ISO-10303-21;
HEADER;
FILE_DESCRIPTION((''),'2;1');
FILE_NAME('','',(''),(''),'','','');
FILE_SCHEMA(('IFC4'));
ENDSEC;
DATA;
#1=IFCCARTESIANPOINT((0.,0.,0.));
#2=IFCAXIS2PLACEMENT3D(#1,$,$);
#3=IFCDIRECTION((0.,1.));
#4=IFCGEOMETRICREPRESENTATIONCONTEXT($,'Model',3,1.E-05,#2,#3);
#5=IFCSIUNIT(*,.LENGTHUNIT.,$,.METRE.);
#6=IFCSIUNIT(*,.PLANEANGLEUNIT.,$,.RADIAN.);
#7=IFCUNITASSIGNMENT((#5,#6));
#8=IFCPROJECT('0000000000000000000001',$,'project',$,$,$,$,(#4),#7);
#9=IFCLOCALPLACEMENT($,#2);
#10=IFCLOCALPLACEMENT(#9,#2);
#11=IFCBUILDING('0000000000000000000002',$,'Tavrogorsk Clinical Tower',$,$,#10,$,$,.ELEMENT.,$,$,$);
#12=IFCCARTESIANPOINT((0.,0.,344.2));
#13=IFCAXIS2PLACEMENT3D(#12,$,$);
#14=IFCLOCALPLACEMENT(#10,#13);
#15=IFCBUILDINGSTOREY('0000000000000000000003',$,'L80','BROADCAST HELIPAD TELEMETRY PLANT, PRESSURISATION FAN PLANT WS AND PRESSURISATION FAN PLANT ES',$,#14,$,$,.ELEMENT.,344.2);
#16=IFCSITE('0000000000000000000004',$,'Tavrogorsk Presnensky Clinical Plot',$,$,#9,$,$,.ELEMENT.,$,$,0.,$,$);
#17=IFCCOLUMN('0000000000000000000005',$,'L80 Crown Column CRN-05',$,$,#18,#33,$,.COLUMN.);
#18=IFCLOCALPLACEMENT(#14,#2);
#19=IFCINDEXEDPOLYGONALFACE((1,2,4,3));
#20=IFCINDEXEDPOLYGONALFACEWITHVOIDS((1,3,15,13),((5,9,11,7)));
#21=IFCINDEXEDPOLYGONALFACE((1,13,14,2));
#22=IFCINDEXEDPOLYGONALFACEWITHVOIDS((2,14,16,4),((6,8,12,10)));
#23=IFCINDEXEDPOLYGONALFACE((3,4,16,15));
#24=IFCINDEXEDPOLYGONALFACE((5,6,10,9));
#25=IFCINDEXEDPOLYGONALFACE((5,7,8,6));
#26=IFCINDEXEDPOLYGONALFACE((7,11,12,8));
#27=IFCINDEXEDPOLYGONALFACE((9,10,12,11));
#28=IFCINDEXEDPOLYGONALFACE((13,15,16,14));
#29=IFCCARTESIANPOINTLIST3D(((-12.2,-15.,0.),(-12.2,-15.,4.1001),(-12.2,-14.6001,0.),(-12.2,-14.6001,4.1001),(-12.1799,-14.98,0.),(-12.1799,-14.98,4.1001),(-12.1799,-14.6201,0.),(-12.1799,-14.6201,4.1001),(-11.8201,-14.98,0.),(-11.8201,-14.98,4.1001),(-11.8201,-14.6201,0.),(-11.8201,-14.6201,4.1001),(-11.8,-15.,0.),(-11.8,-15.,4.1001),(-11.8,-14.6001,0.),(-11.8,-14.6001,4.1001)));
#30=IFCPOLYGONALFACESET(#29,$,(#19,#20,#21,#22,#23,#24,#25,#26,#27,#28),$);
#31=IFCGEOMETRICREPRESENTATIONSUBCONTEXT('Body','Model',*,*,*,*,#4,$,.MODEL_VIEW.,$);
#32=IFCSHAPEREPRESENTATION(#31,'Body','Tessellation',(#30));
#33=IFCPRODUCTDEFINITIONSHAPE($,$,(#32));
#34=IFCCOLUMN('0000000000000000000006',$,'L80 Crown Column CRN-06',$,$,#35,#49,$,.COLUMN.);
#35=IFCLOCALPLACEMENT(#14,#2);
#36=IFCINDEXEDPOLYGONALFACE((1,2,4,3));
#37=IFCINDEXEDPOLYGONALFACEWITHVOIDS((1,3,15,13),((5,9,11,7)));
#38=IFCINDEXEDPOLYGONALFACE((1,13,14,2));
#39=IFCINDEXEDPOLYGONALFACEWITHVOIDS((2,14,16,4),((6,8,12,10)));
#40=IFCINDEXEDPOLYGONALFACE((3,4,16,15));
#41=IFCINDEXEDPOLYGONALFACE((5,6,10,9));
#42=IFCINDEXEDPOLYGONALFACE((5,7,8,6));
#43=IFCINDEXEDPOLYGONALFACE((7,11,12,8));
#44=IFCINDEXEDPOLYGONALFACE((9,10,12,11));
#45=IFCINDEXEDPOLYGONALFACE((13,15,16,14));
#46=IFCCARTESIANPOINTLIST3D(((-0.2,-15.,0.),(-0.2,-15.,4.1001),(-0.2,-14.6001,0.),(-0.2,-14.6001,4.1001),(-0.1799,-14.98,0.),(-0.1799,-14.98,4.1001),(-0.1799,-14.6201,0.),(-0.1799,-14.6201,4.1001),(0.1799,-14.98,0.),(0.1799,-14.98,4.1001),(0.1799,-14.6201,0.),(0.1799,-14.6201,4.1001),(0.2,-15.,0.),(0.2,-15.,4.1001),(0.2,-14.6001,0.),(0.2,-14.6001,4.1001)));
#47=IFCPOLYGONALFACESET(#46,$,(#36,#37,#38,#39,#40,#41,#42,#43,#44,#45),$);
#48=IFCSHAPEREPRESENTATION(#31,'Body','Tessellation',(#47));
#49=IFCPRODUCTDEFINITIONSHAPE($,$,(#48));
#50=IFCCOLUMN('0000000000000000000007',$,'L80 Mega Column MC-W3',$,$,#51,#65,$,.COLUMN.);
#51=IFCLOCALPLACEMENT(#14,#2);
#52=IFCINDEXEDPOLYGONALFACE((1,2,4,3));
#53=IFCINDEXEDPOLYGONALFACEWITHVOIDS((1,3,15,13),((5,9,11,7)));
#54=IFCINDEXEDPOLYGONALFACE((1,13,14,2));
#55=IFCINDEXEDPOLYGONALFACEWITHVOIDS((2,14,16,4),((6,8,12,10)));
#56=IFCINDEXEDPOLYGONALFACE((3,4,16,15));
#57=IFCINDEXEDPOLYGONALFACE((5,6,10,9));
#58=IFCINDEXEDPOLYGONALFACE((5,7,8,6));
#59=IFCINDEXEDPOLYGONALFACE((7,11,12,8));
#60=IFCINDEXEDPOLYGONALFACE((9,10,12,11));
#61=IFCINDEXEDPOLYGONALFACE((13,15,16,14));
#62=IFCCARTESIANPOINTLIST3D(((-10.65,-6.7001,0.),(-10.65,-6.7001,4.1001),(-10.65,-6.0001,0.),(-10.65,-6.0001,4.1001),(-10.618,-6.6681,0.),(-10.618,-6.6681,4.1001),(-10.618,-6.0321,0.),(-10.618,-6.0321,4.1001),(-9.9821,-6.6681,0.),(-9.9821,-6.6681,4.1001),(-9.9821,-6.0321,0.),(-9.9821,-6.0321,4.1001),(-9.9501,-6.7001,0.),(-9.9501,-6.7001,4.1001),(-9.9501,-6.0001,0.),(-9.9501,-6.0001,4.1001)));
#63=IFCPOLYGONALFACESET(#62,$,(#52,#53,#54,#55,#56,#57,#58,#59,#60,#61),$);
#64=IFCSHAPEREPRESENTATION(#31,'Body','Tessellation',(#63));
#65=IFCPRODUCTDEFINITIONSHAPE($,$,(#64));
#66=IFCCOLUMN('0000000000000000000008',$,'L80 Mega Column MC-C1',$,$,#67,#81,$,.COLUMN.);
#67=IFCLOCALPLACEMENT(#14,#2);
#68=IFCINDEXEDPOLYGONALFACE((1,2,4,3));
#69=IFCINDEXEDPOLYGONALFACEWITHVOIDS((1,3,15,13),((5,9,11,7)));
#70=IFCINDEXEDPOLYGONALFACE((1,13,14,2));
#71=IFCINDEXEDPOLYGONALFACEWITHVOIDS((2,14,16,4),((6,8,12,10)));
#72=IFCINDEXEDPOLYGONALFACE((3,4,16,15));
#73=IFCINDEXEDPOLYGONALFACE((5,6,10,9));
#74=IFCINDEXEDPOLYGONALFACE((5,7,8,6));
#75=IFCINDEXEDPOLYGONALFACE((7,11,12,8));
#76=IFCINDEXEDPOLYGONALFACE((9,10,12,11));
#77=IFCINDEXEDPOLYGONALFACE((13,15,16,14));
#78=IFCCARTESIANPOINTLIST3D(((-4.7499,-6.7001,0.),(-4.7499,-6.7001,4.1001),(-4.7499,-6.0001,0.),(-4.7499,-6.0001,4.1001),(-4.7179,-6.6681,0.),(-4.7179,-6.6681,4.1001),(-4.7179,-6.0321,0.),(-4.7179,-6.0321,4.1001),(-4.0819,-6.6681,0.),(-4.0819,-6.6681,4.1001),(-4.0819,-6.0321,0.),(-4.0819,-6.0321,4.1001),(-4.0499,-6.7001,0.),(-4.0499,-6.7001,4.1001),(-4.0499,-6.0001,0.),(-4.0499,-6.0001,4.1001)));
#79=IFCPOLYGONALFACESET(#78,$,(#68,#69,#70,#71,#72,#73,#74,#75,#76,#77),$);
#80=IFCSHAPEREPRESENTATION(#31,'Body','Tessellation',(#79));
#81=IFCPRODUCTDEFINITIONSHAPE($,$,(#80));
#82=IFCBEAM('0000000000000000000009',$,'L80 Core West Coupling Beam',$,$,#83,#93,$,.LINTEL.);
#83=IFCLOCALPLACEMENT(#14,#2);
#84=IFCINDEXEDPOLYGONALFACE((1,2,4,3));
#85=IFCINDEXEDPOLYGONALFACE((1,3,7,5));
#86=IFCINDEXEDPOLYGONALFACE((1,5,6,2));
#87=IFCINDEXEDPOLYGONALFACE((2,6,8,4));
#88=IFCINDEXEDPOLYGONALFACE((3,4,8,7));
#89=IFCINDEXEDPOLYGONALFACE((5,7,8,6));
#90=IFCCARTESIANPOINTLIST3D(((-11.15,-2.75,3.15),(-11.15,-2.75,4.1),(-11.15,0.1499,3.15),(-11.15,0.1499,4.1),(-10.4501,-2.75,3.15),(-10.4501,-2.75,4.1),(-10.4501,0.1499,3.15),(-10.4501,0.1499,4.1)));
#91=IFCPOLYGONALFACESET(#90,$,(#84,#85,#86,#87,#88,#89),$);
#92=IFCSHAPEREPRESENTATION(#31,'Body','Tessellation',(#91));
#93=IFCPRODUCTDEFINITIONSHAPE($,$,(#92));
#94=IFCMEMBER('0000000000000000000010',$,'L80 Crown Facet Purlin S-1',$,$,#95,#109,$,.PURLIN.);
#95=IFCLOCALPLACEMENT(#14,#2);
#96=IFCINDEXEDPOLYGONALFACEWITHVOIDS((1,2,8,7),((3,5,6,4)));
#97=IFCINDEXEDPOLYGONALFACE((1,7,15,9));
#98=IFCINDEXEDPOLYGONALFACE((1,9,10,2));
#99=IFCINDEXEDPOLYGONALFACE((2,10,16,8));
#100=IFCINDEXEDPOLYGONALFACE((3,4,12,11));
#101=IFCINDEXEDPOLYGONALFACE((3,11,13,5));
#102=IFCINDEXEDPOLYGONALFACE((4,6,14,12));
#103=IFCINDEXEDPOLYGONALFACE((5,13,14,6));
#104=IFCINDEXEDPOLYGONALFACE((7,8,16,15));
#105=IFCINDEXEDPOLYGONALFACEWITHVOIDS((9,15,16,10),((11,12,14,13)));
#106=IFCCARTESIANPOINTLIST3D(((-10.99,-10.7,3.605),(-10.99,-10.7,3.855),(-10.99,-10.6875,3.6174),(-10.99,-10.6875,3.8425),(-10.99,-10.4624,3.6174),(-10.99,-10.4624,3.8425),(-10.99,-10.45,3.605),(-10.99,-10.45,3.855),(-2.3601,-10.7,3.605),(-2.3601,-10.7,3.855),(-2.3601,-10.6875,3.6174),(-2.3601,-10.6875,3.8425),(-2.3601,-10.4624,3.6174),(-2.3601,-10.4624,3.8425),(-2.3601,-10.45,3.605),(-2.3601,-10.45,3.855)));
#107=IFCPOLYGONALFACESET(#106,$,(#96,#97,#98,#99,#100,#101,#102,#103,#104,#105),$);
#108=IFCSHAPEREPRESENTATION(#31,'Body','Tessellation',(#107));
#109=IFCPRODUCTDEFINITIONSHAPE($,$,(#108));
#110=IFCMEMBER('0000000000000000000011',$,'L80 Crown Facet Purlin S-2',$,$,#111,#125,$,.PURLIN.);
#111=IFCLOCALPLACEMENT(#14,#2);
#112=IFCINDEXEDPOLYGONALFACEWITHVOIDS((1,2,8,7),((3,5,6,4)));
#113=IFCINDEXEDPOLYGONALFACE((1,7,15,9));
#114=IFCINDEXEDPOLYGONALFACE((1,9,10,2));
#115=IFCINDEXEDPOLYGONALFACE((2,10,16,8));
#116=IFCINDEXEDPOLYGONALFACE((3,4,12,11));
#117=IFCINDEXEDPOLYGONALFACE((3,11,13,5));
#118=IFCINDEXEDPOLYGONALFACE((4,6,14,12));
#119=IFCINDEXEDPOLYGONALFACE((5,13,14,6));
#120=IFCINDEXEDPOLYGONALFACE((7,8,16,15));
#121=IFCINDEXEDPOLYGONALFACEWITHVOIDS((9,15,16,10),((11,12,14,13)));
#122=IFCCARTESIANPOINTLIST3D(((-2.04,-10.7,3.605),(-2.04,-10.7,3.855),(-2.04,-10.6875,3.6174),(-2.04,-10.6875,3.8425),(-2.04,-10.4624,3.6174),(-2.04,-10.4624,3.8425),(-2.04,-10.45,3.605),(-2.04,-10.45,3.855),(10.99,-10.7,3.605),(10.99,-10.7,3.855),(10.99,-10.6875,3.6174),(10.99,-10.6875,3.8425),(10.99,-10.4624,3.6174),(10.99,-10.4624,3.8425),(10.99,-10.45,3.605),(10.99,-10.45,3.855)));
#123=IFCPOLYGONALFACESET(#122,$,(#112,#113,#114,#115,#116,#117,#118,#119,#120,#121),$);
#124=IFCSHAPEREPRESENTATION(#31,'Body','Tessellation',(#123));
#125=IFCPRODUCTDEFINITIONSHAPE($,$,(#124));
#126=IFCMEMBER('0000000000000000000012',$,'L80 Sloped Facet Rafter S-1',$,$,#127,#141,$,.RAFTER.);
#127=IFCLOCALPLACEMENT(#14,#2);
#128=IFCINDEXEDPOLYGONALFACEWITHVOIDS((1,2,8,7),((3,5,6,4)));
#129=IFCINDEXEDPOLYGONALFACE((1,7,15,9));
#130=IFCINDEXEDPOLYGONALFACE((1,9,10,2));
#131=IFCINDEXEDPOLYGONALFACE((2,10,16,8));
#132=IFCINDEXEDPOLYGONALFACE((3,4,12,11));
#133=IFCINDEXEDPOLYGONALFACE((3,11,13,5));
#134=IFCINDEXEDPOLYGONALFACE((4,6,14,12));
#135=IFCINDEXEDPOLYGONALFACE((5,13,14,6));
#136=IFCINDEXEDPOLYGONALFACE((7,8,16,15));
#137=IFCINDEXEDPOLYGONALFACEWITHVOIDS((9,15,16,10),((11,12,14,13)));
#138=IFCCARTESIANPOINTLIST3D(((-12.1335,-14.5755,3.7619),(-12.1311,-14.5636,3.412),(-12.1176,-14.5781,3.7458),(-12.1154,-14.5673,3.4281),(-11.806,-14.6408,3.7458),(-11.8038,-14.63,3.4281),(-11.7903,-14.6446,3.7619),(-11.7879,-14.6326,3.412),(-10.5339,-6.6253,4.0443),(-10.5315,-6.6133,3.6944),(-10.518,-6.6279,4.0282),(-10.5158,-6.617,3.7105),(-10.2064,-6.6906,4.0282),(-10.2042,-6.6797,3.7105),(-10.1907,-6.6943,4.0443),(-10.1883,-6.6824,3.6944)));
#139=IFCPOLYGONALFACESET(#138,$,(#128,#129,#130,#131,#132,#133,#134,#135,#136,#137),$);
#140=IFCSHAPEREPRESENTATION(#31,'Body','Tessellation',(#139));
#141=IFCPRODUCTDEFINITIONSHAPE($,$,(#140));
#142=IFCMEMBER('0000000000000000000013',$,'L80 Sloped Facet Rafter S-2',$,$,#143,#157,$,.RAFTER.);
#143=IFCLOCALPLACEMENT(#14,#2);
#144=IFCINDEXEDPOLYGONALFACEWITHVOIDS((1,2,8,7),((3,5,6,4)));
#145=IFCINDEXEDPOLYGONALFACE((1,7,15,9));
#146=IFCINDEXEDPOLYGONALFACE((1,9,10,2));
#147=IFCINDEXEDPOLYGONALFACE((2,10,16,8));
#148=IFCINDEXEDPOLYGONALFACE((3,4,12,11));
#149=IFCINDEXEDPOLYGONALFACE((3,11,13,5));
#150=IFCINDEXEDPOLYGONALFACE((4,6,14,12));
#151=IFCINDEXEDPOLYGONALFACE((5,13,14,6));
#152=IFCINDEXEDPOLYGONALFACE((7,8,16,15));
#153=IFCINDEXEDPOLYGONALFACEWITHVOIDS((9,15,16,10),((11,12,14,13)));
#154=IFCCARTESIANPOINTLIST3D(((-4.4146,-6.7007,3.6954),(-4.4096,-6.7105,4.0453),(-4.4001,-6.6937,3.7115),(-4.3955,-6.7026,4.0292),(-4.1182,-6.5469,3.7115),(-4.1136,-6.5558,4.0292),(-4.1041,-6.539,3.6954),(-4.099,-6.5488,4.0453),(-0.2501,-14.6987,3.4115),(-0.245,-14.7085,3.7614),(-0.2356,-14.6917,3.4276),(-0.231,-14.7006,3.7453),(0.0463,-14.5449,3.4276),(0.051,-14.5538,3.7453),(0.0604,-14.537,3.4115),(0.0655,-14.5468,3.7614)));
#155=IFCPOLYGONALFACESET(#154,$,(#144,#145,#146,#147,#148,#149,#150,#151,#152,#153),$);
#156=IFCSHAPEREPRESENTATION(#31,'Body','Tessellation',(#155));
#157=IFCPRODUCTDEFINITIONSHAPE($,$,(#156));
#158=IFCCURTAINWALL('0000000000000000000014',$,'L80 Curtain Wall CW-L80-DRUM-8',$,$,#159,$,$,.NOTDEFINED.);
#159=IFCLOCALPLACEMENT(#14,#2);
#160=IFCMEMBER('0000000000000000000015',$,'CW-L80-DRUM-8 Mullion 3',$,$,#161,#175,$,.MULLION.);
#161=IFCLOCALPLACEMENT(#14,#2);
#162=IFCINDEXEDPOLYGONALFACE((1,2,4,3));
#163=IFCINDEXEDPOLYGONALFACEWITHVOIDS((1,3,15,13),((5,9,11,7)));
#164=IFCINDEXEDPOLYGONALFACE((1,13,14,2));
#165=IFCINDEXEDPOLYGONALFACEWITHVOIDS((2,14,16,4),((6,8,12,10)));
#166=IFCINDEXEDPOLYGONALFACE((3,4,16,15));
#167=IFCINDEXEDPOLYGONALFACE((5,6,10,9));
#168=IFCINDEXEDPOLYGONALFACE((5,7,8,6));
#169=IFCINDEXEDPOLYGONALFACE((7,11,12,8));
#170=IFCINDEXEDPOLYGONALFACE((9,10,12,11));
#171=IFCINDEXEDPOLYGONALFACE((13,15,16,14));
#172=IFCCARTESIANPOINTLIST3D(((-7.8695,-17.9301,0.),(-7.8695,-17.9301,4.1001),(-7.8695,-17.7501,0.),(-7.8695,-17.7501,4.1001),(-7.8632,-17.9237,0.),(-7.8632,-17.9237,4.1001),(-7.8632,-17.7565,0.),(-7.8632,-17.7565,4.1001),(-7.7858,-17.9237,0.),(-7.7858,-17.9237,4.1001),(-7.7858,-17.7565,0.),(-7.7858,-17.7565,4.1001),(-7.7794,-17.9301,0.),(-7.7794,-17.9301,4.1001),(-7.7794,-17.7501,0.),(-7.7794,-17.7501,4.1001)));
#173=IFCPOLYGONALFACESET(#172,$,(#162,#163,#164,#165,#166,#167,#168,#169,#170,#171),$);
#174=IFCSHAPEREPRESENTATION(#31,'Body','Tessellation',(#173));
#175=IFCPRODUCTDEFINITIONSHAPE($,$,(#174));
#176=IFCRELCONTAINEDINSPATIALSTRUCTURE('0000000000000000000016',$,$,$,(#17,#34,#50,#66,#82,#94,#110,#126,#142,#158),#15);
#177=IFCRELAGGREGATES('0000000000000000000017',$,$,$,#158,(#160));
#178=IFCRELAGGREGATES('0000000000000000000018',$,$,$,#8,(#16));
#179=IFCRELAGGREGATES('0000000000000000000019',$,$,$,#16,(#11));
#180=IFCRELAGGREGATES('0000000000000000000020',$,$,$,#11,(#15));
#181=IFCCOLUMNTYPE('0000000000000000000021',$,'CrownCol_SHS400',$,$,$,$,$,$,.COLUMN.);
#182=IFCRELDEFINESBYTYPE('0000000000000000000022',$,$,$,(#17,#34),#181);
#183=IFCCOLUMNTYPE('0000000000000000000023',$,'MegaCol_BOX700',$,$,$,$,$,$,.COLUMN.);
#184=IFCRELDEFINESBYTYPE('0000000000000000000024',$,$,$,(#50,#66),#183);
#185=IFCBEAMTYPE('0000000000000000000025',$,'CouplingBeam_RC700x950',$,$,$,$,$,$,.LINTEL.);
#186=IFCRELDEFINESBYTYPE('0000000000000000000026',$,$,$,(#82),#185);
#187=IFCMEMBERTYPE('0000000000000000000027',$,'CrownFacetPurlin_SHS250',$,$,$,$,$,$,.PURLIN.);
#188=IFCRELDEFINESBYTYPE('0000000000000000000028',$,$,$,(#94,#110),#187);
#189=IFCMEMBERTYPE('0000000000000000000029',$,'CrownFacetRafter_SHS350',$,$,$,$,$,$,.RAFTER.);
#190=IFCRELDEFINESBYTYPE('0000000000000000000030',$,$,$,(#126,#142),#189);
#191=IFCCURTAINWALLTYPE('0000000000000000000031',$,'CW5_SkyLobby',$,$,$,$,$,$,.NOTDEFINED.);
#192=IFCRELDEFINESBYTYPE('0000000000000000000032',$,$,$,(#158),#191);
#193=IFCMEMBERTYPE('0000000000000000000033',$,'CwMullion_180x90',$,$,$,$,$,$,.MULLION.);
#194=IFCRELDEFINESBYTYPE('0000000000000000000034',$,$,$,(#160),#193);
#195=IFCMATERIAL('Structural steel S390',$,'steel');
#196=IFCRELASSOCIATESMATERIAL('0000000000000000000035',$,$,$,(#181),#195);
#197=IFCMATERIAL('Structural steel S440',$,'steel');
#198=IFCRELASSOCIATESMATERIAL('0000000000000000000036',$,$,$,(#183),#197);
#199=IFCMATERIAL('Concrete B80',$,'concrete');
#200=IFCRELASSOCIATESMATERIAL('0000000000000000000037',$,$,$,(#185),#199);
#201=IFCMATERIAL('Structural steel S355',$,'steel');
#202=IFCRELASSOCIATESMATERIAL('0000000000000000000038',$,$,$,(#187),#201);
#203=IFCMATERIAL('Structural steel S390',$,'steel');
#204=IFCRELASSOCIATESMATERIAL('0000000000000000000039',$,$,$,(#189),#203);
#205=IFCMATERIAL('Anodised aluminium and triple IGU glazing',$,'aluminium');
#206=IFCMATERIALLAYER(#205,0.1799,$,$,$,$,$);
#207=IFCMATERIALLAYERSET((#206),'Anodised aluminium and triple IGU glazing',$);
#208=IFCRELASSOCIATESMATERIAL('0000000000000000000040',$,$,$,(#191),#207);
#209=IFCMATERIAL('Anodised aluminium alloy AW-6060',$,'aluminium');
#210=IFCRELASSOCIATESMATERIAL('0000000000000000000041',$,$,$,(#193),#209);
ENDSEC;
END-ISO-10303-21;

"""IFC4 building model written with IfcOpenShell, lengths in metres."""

from ifc_helpers import new_model, si_unit, direction, frame, origin, origin_2d, place, context, subcontext, project, spatial, rectangle, hollow_rectangle, extrude, material, layer, layer_set, material_profile, profile_set, type_object, element, aggregate, save


model = new_model("IFC4")

# Units and contexts
model_context = context("Model", 3, precision=1e-05, world=origin(), true_north=direction((0.0, 1.0)))
body_context = subcontext(model_context, "Body", "Model", "MODEL_VIEW")
ifc_project = project(units=[si_unit("LENGTHUNIT", "METRE"), si_unit("PLANEANGLEUNIT", "RADIAN")], contexts=[model_context])

# Site, building, storey
site_placement = place(None, origin())
site = spatial("IfcSite", under=ifc_project, at=site_placement, Name="Tavrogorsk Presnensky Clinical Plot", CompositionType="ELEMENT", RefElevation=0.0)
building_placement = place(site_placement, origin())
building = spatial("IfcBuilding", under=site, at=building_placement, Name="Tavrogorsk Clinical Tower", CompositionType="ELEMENT")
storey_placement = place(building_placement, frame((0.0, 0.0, 344.2)))
storey = spatial("IfcBuildingStorey", under=building, at=storey_placement, Name="L80", Description="BROADCAST HELIPAD TELEMETRY PLANT, PRESSURISATION FAN PLANT WS AND PRESSURISATION FAN PLANT ES", CompositionType="ELEMENT", Elevation=344.2)

# Columns
ifc_material_1 = material(Name="Structural steel S390", Category="steel")
ifc_material_profile_1 = material_profile(ifc_material_1, hollow_rectangle(XDim=0.3999, YDim=0.3999, WallThickness=0.02, at=origin_2d()), Name="SHS-400x400x20")
ifc_profile_set_1 = profile_set([ifc_material_profile_1], Name="Structural steel S390")
column_type_1 = type_object("IfcColumnType", Name="CrownCol_SHS400", PredefinedType="COLUMN", material=ifc_profile_set_1)
for number, where, z_axis, x_axis, name in (
    (1, (-12.0, -14.8, 0.0), (0.0, 0.0, 1.0), (1.0, 0.0, 0.0), "L80 Crown Column CRN-05"),
    (2, (0.0, -14.8, 0.0), (0.0, 0.0, 1.0), (1.0, 0.0, 0.0), "L80 Crown Column CRN-06"),
):
    element("IfcColumn", number, at=place(storey_placement, frame(where, z_axis=z_axis, x_axis=x_axis)), inside=storey, type_object=column_type_1, Name=name, PredefinedType="COLUMN", context=body_context, shape_type="SweptSolid", body=[
        extrude(hollow_rectangle(XDim=0.3999, YDim=0.3999, WallThickness=0.02, at=origin_2d()), origin(), (0.0, 0.0, 1.0), 4.1001),
    ])
ifc_material_2 = material(Name="Structural steel S440", Category="steel")
ifc_material_profile_2 = material_profile(ifc_material_2, hollow_rectangle(XDim=0.7, YDim=0.7, WallThickness=0.032, at=origin_2d()), Name="BOX-700x700x32")
ifc_profile_set_2 = profile_set([ifc_material_profile_2], Name="Structural steel S440")
column_type_2 = type_object("IfcColumnType", Name="MegaCol_BOX700", PredefinedType="COLUMN", material=ifc_profile_set_2)
for number, where, z_axis, x_axis, name in (
    (3, (-10.3, -6.3501, 0.0), (0.0, 0.0, 1.0), (1.0, 0.0, 0.0), "L80 Mega Column MC-W3"),
    (4, (-4.3999, -6.3501, 0.0), (0.0, 0.0, 1.0), (1.0, 0.0, 0.0), "L80 Mega Column MC-C1"),
):
    element("IfcColumn", number, at=place(storey_placement, frame(where, z_axis=z_axis, x_axis=x_axis)), inside=storey, type_object=column_type_2, Name=name, PredefinedType="COLUMN", context=body_context, shape_type="SweptSolid", body=[
        extrude(hollow_rectangle(XDim=0.7, YDim=0.7, WallThickness=0.032, at=origin_2d()), origin(), (0.0, 0.0, 1.0), 4.1001),
    ])

# Beam
ifc_material_3 = material(Name="Concrete B80", Category="concrete")
ifc_material_profile_3 = material_profile(ifc_material_3, rectangle(XDim=0.7, YDim=0.95, at=origin_2d()), Name="RC-CB-700x950")
ifc_profile_set_3 = profile_set([ifc_material_profile_3], Name="Concrete B80")
beam_type_1 = type_object("IfcBeamType", Name="CouplingBeam_RC700x950", PredefinedType="LINTEL", material=ifc_profile_set_3)
beam_1_placement = place(storey_placement, frame((-10.8, -2.75, 3.625), z_axis=(0.0, 1.0, 0.0), x_axis=(-1.0, 0.0, 0.0)))
element("IfcBeam", 5, at=beam_1_placement, inside=storey, type_object=beam_type_1, Name="L80 Core West Coupling Beam", PredefinedType="LINTEL", context=body_context, shape_type="SweptSolid", body=[
    extrude(rectangle(XDim=0.7, YDim=0.95, at=origin_2d()), origin(), (0.0, 0.0, 1.0), 2.8999),
])

# Members
ifc_material_4 = material(Name="Structural steel S355", Category="steel")
ifc_material_profile_4 = material_profile(ifc_material_4, hollow_rectangle(XDim=0.25, YDim=0.25, WallThickness=0.0125, at=origin_2d()), Name="SHS-250x250x12.5")
ifc_profile_set_4 = profile_set([ifc_material_profile_4], Name="Structural steel S355")
member_type_1 = type_object("IfcMemberType", Name="CrownFacetPurlin_SHS250", PredefinedType="PURLIN", material=ifc_profile_set_4)
member_1_placement = place(storey_placement, frame((-10.99, -10.575, 3.73), z_axis=(1.0, 0.0, 0.0), x_axis=(0.0, 1.0, 0.0)))
element("IfcMember", 6, at=member_1_placement, inside=storey, type_object=member_type_1, Name="L80 Crown Facet Purlin S-1", PredefinedType="PURLIN", context=body_context, shape_type="SweptSolid", body=[
    extrude(hollow_rectangle(XDim=0.25, YDim=0.25, WallThickness=0.0125, at=origin_2d()), origin(), (0.0, 0.0, 1.0), 8.6299),
])
member_2_placement = place(storey_placement, frame((-2.04, -10.575, 3.73), z_axis=(1.0, 0.0, 0.0), x_axis=(0.0, 1.0, 0.0)))
element("IfcMember", 7, at=member_2_placement, inside=storey, type_object=member_type_1, Name="L80 Crown Facet Purlin S-2", PredefinedType="PURLIN", context=body_context, shape_type="SweptSolid", body=[
    extrude(hollow_rectangle(XDim=0.25, YDim=0.25, WallThickness=0.0125, at=origin_2d()), origin(), (0.0, 0.0, 1.0), 13.03),
])
ifc_material_5 = material(Name="Structural steel S390", Category="steel")
ifc_material_profile_5 = material_profile(ifc_material_5, hollow_rectangle(XDim=0.3501, YDim=0.3501, WallThickness=0.0161, at=origin_2d()), Name="SHS-350x350x16")
ifc_profile_set_5 = profile_set([ifc_material_profile_5], Name="Structural steel S390")
member_type_2 = type_object("IfcMemberType", Name="CrownFacetRafter_SHS350", PredefinedType="RAFTER", material=ifc_profile_set_5)
member_3_placement = place(storey_placement, frame((-10.3611, -6.6538, 3.8694), z_axis=(-0.197131, -0.979759, -0.034811), x_axis=(0.980353, -0.197251, 0.0)))
element("IfcMember", 8, at=member_3_placement, inside=storey, type_object=member_type_2, Name="L80 Sloped Facet Rafter S-1", PredefinedType="RAFTER", context=body_context, shape_type="SweptSolid", body=[
    extrude(hollow_rectangle(XDim=0.3501, YDim=0.3501, WallThickness=0.0161, at=origin_2d()), origin(), (0.0, 0.0, 1.0), 8.1145),
])
member_4_placement = place(storey_placement, frame((-4.2568, -6.6248, 3.8704), z_axis=(0.46161, -0.886525, -0.031472), x_axis=(0.886964, 0.461839, 0.0)))
element("IfcMember", 9, at=member_4_placement, inside=storey, type_object=member_type_2, Name="L80 Sloped Facet Rafter S-2", PredefinedType="RAFTER", context=body_context, shape_type="SweptSolid", body=[
    extrude(hollow_rectangle(XDim=0.3501, YDim=0.3501, WallThickness=0.0161, at=origin_2d()), origin(), (0.0, 0.0, 1.0), 9.0217),
])

# Curtain wall, member
ifc_material_6 = material(Name="Anodised aluminium and triple IGU glazing", Category="aluminium")
ifc_layer_1 = layer(ifc_material_6, 0.1799)
ifc_layer_set_1 = layer_set([ifc_layer_1], Name="Anodised aluminium and triple IGU glazing")
curtain_wall_type = type_object("IfcCurtainWallType", Name="CW5_SkyLobby", PredefinedType="NOTDEFINED", material=ifc_layer_set_1)
curtain_wall_placement = place(storey_placement, origin())
curtain_wall = element("IfcCurtainWall", 10, at=curtain_wall_placement, inside=storey, type_object=curtain_wall_type, Name="L80 Curtain Wall CW-L80-DRUM-8", PredefinedType="NOTDEFINED")
ifc_material_7 = material(Name="Anodised aluminium alloy AW-6060", Category="aluminium")
ifc_material_profile_6 = material_profile(ifc_material_7, hollow_rectangle(XDim=0.0901, YDim=0.1799, WallThickness=0.0063, at=origin_2d()), Name="RHS-180x90x6.3")
ifc_profile_set_6 = profile_set([ifc_material_profile_6], Name="Anodised aluminium alloy AW-6060")
member_type_3 = type_object("IfcMemberType", Name="CwMullion_180x90", PredefinedType="MULLION", material=ifc_profile_set_6)
member_5_placement = place(storey_placement, frame((-7.8245, -17.8401, 0.0), z_axis=(0.0, 0.0, 1.0), x_axis=(-1.0, 0.0, 0.0)))
member_5 = element("IfcMember", 11, at=member_5_placement, type_object=member_type_3, Name="CW-L80-DRUM-8 Mullion 3", PredefinedType="MULLION", context=body_context, shape_type="SweptSolid", body=[
    extrude(hollow_rectangle(XDim=0.0901, YDim=0.1799, WallThickness=0.0063, at=origin_2d()), origin(), (0.0, 0.0, 1.0), 4.1001),
])

aggregate(curtain_wall, [member_5])

save(model, "model.ifc")
